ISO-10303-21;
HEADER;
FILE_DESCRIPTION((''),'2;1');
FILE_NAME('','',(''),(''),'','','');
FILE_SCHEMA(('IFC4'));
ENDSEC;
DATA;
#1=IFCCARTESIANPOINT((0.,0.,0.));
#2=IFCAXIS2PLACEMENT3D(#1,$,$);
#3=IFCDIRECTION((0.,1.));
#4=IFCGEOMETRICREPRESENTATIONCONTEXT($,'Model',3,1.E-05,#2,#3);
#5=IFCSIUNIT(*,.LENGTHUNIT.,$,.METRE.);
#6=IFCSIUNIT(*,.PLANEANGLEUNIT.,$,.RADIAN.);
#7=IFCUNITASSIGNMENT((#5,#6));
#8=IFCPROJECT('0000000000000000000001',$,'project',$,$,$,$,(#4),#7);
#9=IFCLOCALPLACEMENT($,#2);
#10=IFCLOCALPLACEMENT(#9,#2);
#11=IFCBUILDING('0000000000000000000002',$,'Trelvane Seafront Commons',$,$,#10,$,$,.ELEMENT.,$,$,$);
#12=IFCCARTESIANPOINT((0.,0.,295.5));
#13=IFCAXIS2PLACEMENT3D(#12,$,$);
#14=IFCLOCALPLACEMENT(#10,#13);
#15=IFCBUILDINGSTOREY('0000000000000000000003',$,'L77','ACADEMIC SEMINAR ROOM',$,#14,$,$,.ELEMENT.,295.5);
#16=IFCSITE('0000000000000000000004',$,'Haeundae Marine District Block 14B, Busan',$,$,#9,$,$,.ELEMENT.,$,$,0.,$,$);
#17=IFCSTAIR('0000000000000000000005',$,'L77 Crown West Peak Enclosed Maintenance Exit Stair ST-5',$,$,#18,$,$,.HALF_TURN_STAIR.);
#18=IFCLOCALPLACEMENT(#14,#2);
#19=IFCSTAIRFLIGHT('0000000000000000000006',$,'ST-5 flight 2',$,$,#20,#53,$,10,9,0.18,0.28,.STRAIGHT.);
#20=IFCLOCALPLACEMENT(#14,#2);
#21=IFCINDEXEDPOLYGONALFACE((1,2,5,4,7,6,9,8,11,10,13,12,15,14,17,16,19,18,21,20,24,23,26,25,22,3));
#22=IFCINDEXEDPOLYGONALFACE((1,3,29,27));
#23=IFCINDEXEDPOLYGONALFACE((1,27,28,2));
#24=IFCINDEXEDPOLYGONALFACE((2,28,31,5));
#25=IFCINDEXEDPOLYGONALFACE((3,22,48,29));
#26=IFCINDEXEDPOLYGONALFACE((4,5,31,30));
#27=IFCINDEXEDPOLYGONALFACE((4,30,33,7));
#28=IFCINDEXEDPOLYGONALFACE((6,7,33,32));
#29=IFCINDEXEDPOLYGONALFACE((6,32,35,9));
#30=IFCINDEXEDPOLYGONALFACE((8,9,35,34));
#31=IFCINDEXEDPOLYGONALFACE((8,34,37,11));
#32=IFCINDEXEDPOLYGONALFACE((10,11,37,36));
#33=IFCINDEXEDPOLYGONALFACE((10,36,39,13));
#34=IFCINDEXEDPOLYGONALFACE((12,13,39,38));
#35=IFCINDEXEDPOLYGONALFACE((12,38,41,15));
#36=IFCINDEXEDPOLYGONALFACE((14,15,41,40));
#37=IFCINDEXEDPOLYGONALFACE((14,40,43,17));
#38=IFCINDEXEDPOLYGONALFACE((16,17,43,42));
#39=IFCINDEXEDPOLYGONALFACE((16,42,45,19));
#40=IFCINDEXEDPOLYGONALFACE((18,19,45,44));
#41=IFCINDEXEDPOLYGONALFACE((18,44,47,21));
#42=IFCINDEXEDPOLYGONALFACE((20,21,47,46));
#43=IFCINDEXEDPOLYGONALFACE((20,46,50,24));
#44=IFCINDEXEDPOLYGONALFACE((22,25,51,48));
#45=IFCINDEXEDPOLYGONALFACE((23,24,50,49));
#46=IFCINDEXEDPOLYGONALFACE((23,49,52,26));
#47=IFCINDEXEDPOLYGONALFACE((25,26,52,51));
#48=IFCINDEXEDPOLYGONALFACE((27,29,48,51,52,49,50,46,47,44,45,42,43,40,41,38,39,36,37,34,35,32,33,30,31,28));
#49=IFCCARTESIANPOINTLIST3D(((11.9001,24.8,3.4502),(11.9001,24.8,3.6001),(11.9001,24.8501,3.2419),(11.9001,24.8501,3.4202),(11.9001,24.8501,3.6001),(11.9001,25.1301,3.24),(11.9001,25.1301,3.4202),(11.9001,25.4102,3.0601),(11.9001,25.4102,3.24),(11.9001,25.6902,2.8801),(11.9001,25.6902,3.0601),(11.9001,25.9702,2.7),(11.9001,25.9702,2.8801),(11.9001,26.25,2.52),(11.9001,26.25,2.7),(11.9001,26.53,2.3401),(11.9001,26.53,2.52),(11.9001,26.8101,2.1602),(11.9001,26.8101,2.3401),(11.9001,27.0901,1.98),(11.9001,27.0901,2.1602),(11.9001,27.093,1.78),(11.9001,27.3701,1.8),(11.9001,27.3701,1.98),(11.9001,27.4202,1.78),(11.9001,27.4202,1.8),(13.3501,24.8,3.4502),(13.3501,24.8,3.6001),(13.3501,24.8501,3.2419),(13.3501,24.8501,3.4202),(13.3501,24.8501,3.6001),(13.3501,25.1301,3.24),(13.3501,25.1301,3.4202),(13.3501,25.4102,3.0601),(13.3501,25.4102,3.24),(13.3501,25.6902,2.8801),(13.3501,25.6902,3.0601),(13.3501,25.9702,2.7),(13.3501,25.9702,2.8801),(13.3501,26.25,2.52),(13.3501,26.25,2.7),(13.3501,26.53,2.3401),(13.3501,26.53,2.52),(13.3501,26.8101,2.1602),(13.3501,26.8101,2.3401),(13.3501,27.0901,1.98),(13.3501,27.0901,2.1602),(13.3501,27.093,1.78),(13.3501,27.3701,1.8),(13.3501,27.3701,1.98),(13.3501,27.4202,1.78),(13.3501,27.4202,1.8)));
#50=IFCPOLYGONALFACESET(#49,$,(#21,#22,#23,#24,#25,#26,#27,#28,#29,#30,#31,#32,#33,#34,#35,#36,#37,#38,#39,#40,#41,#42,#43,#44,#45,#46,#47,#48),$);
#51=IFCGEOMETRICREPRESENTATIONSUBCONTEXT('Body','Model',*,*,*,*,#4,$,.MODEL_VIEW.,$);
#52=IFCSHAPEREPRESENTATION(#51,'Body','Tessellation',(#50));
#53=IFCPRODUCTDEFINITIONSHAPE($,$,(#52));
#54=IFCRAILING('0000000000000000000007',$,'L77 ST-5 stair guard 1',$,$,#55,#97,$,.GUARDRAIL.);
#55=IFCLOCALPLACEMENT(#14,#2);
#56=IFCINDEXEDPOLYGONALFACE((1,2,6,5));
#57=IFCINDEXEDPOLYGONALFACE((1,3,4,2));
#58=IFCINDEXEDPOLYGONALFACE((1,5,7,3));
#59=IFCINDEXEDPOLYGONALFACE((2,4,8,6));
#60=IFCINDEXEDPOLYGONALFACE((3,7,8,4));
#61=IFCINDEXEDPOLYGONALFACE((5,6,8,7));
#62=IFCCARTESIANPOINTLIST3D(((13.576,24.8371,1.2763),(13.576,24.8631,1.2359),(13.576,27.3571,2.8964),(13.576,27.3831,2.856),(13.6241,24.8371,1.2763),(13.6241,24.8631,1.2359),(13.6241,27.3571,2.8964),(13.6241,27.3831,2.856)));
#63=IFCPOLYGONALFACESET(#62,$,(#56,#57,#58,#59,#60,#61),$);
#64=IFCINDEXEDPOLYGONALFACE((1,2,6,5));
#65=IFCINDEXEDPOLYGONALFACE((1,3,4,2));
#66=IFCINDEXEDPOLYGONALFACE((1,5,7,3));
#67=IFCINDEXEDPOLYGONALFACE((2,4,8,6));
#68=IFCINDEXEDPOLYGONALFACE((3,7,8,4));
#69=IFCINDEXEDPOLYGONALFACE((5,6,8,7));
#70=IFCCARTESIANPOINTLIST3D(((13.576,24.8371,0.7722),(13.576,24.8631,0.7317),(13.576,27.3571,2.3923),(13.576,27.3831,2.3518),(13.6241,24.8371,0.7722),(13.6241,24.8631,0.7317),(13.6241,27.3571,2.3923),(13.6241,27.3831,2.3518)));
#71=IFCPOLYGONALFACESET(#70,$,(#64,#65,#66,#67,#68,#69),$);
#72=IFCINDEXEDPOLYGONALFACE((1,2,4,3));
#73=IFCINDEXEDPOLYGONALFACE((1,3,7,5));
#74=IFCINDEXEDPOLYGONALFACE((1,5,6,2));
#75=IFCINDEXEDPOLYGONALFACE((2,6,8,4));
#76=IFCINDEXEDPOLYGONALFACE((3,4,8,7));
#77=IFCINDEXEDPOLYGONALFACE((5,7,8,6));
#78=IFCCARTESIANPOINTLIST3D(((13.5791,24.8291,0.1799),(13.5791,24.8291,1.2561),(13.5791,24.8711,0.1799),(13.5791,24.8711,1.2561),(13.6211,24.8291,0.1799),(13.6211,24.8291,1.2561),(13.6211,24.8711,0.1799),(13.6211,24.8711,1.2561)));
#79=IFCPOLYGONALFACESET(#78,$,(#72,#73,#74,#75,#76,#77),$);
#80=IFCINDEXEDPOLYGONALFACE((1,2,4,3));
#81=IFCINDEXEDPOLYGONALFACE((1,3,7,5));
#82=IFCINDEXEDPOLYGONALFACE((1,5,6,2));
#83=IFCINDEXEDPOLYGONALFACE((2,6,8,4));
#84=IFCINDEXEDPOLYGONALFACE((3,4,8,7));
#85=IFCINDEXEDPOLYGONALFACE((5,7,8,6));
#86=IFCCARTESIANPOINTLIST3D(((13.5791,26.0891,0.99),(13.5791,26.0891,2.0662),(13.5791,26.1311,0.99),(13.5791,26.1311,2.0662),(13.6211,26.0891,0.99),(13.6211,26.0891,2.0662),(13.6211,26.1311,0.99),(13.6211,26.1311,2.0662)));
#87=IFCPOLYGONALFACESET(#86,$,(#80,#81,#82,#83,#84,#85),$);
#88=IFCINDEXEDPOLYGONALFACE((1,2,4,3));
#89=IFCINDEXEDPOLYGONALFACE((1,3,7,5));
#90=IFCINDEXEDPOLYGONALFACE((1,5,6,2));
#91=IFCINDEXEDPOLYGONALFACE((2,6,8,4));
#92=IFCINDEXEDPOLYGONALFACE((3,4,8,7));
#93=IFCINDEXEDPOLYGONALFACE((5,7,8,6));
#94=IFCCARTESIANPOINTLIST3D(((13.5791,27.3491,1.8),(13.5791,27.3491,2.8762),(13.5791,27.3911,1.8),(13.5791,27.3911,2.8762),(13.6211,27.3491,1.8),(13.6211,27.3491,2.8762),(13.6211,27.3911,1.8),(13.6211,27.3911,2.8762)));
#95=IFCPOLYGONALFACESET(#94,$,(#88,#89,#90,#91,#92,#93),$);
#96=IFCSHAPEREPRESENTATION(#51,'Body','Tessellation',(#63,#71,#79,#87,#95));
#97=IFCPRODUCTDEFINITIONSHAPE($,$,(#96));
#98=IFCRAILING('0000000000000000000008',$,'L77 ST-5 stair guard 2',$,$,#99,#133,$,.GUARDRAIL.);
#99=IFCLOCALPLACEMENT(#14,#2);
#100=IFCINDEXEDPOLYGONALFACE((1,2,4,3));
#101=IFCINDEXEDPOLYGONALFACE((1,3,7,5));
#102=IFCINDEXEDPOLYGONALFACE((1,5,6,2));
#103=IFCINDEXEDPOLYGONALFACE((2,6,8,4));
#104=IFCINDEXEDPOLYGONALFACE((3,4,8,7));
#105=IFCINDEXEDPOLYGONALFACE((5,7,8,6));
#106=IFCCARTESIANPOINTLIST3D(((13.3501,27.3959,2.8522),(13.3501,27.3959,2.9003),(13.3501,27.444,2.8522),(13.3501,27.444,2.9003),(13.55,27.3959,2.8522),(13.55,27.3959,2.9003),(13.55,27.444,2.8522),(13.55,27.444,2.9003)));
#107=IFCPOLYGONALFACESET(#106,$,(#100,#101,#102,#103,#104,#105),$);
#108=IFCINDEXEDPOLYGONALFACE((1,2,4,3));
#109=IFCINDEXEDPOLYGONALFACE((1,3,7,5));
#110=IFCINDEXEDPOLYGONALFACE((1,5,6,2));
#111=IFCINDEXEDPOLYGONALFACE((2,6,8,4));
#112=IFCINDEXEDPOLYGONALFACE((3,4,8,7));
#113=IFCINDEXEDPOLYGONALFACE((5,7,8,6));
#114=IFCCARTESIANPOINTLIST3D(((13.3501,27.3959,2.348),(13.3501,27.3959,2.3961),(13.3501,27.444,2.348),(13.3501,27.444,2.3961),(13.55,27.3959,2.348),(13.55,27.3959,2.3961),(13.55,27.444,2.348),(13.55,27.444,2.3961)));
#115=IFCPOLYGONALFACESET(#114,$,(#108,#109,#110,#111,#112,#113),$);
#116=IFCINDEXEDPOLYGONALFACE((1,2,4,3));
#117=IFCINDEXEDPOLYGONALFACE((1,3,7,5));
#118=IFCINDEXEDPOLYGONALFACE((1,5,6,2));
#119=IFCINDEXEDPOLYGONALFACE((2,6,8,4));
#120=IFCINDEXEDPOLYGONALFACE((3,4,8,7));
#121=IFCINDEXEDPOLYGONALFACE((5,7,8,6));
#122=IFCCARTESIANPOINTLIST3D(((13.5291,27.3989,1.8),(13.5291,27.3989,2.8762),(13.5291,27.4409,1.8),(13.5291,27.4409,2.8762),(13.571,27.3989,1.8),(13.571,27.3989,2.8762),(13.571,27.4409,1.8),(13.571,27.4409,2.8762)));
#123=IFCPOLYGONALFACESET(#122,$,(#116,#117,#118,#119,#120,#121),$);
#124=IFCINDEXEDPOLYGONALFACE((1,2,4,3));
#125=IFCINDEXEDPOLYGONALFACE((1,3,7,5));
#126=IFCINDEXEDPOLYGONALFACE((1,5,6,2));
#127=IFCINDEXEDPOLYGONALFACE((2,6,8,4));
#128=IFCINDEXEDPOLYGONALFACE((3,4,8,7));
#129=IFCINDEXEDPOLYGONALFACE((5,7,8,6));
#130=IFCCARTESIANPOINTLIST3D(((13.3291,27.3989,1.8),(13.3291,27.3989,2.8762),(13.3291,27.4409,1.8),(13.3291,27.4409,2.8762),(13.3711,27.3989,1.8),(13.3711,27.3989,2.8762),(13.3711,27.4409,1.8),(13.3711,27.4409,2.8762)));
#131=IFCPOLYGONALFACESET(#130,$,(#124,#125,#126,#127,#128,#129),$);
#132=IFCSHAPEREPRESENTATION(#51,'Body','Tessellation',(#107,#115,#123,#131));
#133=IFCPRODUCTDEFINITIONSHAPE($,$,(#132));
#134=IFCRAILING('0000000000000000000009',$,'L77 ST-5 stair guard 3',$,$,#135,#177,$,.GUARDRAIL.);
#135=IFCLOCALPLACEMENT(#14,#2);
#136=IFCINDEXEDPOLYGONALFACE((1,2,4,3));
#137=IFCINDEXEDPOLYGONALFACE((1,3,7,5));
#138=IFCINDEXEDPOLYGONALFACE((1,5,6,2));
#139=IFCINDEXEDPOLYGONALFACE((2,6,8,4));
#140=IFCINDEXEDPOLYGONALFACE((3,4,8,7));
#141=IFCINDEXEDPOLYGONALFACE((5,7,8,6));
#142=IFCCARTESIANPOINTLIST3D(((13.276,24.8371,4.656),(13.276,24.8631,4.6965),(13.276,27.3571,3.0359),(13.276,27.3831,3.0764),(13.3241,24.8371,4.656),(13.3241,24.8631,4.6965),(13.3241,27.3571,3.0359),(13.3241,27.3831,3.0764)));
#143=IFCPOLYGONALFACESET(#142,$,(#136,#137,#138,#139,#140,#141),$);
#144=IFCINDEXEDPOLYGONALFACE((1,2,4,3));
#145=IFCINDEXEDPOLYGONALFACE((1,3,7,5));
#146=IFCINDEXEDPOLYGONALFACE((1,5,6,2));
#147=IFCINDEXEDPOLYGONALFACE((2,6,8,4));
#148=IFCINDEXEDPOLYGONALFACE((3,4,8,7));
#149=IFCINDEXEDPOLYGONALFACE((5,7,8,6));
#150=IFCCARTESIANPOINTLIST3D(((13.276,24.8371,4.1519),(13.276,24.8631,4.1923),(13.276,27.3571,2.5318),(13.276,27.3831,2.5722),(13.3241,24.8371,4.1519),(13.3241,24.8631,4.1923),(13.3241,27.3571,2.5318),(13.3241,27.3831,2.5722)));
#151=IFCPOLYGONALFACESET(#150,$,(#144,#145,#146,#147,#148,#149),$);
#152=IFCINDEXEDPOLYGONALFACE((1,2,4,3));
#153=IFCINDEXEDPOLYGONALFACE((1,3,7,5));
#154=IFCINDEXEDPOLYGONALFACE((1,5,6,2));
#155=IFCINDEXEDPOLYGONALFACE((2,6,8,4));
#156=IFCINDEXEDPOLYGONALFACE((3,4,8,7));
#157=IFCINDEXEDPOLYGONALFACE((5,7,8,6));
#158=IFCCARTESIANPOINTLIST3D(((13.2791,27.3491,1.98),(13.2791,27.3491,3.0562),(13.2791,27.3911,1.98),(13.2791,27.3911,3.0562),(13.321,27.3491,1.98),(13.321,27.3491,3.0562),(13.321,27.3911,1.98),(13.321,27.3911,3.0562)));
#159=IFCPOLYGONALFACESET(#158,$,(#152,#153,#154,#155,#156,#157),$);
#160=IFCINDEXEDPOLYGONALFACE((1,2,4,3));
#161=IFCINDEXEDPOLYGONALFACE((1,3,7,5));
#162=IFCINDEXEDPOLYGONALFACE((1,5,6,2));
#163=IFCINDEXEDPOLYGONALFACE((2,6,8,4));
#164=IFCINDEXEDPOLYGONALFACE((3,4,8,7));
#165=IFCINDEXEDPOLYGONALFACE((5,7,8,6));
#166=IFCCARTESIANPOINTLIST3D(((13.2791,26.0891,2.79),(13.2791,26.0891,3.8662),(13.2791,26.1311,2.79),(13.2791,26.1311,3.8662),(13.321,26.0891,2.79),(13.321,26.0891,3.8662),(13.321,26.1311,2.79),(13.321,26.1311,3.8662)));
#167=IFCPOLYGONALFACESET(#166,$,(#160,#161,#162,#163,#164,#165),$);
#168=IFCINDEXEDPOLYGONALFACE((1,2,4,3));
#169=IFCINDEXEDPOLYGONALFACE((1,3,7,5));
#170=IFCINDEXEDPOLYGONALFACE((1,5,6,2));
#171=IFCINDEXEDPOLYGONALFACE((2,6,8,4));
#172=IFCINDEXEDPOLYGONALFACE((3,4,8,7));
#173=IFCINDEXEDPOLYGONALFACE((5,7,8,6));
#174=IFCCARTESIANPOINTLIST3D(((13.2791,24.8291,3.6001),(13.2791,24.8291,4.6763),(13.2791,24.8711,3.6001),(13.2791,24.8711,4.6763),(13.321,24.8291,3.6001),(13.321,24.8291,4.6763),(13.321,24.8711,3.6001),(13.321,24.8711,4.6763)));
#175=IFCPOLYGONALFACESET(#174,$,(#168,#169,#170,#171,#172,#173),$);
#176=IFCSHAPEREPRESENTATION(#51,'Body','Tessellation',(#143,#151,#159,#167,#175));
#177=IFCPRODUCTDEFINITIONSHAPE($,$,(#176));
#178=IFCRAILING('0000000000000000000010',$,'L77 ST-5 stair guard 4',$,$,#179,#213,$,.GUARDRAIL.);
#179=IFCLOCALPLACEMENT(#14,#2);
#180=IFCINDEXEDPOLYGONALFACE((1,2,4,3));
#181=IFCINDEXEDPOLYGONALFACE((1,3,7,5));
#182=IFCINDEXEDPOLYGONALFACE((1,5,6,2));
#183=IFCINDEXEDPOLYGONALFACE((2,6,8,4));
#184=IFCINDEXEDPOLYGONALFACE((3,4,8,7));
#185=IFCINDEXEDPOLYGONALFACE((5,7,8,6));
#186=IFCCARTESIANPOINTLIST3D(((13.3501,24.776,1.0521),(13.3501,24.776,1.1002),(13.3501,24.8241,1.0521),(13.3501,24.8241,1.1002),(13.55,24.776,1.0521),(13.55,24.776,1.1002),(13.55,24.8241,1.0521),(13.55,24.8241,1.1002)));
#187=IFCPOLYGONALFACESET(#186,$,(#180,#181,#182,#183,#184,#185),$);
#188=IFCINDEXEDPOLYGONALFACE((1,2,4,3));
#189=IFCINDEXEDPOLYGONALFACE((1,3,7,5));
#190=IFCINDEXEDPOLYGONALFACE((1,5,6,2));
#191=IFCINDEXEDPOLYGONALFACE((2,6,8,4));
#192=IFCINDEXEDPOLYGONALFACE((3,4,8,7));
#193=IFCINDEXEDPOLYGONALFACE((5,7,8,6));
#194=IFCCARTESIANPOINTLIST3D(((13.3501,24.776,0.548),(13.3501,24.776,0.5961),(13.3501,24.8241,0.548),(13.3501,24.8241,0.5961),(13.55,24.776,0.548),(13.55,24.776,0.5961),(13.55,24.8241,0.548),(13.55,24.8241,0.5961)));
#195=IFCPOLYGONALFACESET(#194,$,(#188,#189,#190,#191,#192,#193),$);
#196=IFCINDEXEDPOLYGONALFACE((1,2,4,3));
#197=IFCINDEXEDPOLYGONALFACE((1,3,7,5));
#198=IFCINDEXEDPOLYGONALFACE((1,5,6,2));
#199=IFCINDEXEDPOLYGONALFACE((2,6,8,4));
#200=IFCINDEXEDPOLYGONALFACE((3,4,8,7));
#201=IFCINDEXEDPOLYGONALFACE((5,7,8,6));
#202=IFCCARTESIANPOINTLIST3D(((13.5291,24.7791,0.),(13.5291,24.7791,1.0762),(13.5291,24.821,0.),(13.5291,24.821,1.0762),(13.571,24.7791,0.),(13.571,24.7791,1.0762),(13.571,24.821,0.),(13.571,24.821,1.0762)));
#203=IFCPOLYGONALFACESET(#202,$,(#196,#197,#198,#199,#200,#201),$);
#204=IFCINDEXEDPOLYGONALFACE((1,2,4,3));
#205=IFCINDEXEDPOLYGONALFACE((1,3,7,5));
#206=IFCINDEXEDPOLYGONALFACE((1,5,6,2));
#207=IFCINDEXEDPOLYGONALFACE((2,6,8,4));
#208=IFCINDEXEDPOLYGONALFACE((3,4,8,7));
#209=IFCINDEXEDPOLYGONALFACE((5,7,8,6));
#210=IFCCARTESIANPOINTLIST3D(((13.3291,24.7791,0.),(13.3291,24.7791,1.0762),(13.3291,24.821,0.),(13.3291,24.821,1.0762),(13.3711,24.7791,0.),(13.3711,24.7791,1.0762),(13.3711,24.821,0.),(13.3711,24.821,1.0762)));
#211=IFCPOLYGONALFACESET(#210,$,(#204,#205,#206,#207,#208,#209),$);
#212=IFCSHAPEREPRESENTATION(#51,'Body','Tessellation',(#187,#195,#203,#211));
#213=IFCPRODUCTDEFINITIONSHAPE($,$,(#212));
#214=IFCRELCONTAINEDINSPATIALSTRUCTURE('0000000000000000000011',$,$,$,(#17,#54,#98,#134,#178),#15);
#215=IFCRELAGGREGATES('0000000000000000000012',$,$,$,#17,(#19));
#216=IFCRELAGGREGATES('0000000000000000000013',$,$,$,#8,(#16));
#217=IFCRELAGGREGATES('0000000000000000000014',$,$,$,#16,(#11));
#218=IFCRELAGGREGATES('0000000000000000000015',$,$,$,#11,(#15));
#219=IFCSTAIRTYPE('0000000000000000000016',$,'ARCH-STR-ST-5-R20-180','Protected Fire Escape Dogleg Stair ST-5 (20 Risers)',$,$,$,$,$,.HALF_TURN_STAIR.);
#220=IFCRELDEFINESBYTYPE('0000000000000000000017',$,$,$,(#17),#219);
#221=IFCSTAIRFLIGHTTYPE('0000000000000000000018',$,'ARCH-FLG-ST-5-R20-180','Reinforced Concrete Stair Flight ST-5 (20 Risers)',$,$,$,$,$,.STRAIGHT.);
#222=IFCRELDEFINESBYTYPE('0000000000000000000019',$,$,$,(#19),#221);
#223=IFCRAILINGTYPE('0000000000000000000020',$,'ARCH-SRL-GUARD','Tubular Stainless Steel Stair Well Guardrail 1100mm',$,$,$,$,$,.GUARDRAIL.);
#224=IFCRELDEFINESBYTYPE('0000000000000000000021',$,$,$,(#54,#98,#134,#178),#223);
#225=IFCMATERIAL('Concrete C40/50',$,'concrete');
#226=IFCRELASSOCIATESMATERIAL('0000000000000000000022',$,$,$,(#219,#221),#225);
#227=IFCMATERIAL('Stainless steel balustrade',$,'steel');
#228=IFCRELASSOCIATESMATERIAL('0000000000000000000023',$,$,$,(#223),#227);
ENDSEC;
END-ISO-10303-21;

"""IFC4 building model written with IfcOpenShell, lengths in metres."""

from ifc_helpers import new_model, si_unit, direction, frame, origin, origin_2d, place, context, subcontext, project, spatial, polyline, rectangle, outline, extrude, source, transform, mapped, material, type_object, element, aggregate, save


model = new_model("IFC4")

# Units and contexts
model_context = context("Model", 3, precision=1e-05, world=origin(), true_north=direction((0.0, 1.0)))
body_context = subcontext(model_context, "Body", "Model", "MODEL_VIEW")
ifc_project = project(units=[si_unit("LENGTHUNIT", "METRE"), si_unit("PLANEANGLEUNIT", "RADIAN")], contexts=[model_context])

# Site, building, storey
site_placement = place(None, origin())
site = spatial("IfcSite", under=ifc_project, at=site_placement, Name="Haeundae Marine District Block 14B, Busan", CompositionType="ELEMENT", RefElevation=0.0)
building_placement = place(site_placement, origin())
building = spatial("IfcBuilding", under=site, at=building_placement, Name="Trelvane Seafront Commons", CompositionType="ELEMENT")
storey_placement = place(building_placement, frame((0.0, 0.0, 295.5)))
storey = spatial("IfcBuildingStorey", under=building, at=storey_placement, Name="L77", Description="ACADEMIC SEMINAR ROOM", CompositionType="ELEMENT", Elevation=295.5)

# Stair, stair flight
ifc_material_1 = material(Name="Concrete C40/50", Category="concrete")
stair_type = type_object("IfcStairType", Name="ARCH-STR-ST-5-R20-180", Description="Protected Fire Escape Dogleg Stair ST-5 (20 Risers)", PredefinedType="HALF_TURN_STAIR", material=ifc_material_1)
stair_placement = place(storey_placement, origin())
stair = element("IfcStair", 1, at=stair_placement, inside=storey, type_object=stair_type, Name="L77 Crown West Peak Enclosed Maintenance Exit Stair ST-5", PredefinedType="HALF_TURN_STAIR")
stair_flight_type = type_object("IfcStairFlightType", Name="ARCH-FLG-ST-5-R20-180", Description="Reinforced Concrete Stair Flight ST-5 (20 Risers)", PredefinedType="STRAIGHT", material=ifc_material_1)
shared_shape_1 = source(origin(), body_context, "Body", "SweptSolid", [
    extrude(outline(polyline([(-0.05, -0.02), (-0.05, 0.0), (0.0, 0.0), (0.0, 0.1799), (0.28, 0.1799), (0.28, 0.3601), (0.5601, 0.3601), (0.5601, 0.54), (0.8401, 0.54), (0.8401, 0.72), (1.1201, 0.72), (1.1201, 0.8999), (1.3999, 0.8999), (1.3999, 1.0801), (1.6799, 1.0801), (1.6799, 1.26), (1.96, 1.26), (1.96, 1.4399), (2.24, 1.4399), (2.24, 1.6201), (2.52, 1.6201), (2.52, 1.8), (2.5701, 1.8), (2.5701, 1.6501), (2.52, 1.4419), (0.2771, -0.02), (-0.05, -0.02)])), frame((0.0, 0.7251, 0.0), z_axis=(0.0, -1.0, 0.0), x_axis=(1.0, 0.0, 0.0)), (0.0, 0.0, 1.0), 1.45),
])
stair_flight_1_placement = place(storey_placement, frame((12.625, 27.3701, 1.8), z_axis=(0.0, 0.0, 1.0), x_axis=(0.0, -1.0, 0.0)))
stair_flight_1 = element("IfcStairFlight", 2, at=stair_flight_1_placement, type_object=stair_flight_type, Name="ST-5 flight 2", NumberOfRisers=10, NumberOfTreads=9, PredefinedType="STRAIGHT", RiserHeight=0.18, TreadLength=0.28, context=body_context, shape_type="MappedRepresentation", body=[
    mapped(shared_shape_1, transform((0.0, 0.0, 0.0), x_axis=(1.0, 0.0, 0.0), y_axis=(0.0, 1.0, 0.0), z_axis=(0.0, 0.0, 1.0), scale=1.0)),
])
aggregate(stair, [stair_flight_1])

# Railings
ifc_material_2 = material(Name="Stainless steel balustrade", Category="steel")
railing_type_1 = type_object("IfcRailingType", Name="ARCH-SRL-GUARD", Description="Tubular Stainless Steel Stair Well Guardrail 1100mm", PredefinedType="GUARDRAIL", material=ifc_material_2)
railing_1_placement = place(storey_placement, frame((13.6001, 24.8501, 0.1799)))
element("IfcRailing", 3, at=railing_1_placement, inside=storey, type_object=railing_type_1, Name="L77 ST-5 stair guard 1", PredefinedType="GUARDRAIL", context=body_context, shape_type="SweptSolid", body=[
    extrude(rectangle(XDim=0.0481, YDim=0.0481, at=origin_2d()), frame((0.0, 0.0, 1.0762), z_axis=(0.0, 0.841163, 0.540782), x_axis=(-1.0, 0.0, 0.0)), (0.0, 0.0, 1.0), 2.9958),
    extrude(rectangle(XDim=0.0481, YDim=0.0481, at=origin_2d()), frame((0.0, 0.0, 0.572), z_axis=(0.0, 0.841163, 0.540782), x_axis=(-1.0, 0.0, 0.0)), (0.0, 0.0, 1.0), 2.9958),
    extrude(rectangle(XDim=0.042, YDim=0.042, at=origin_2d()), origin(), (0.0, 0.0, 1.0), 1.0762),
    extrude(rectangle(XDim=0.042, YDim=0.042, at=origin_2d()), frame((0.0, 1.26, 0.8101)), (0.0, 0.0, 1.0), 1.0762),
    extrude(rectangle(XDim=0.042, YDim=0.042, at=origin_2d()), frame((0.0, 2.52, 1.6201)), (0.0, 0.0, 1.0), 1.0762),
])
railing_2_placement = place(storey_placement, frame((13.55, 27.4199, 1.8)))
element("IfcRailing", 4, at=railing_2_placement, inside=storey, type_object=railing_type_1, Name="L77 ST-5 stair guard 2", PredefinedType="GUARDRAIL", context=body_context, shape_type="SweptSolid", body=[
    extrude(rectangle(XDim=0.0481, YDim=0.0481, at=origin_2d()), frame((0.0, 0.0, 1.0762), z_axis=(-1.0, 0.0, 0.0), x_axis=(0.0, -1.0, 0.0)), (0.0, 0.0, 1.0), 0.2),
    extrude(rectangle(XDim=0.0481, YDim=0.0481, at=origin_2d()), frame((0.0, 0.0, 0.572), z_axis=(-1.0, 0.0, 0.0), x_axis=(0.0, -1.0, 0.0)), (0.0, 0.0, 1.0), 0.2),
    extrude(rectangle(XDim=0.042, YDim=0.042, at=origin_2d()), origin(), (0.0, 0.0, 1.0), 1.0762),
    extrude(rectangle(XDim=0.042, YDim=0.042, at=origin_2d()), frame((-0.2, 0.0, 0.0)), (0.0, 0.0, 1.0), 1.0762),
])
railing_3_placement = place(storey_placement, frame((13.3, 27.3701, 1.98)))
element("IfcRailing", 5, at=railing_3_placement, inside=storey, type_object=railing_type_1, Name="L77 ST-5 stair guard 3", PredefinedType="GUARDRAIL", context=body_context, shape_type="SweptSolid", body=[
    extrude(rectangle(XDim=0.0481, YDim=0.0481, at=origin_2d()), frame((0.0, 0.0, 1.0762), z_axis=(0.0, -0.841163, 0.540782), x_axis=(1.0, 0.0, 0.0)), (0.0, 0.0, 1.0), 2.9958),
    extrude(rectangle(XDim=0.0481, YDim=0.0481, at=origin_2d()), frame((0.0, 0.0, 0.572), z_axis=(0.0, -0.841163, 0.540782), x_axis=(1.0, 0.0, 0.0)), (0.0, 0.0, 1.0), 2.9958),
    extrude(rectangle(XDim=0.042, YDim=0.042, at=origin_2d()), origin(), (0.0, 0.0, 1.0), 1.0762),
    extrude(rectangle(XDim=0.042, YDim=0.042, at=origin_2d()), frame((0.0, -1.26, 0.8101)), (0.0, 0.0, 1.0), 1.0762),
    extrude(rectangle(XDim=0.042, YDim=0.042, at=origin_2d()), frame((0.0, -2.52, 1.6201)), (0.0, 0.0, 1.0), 1.0762),
])
railing_4_placement = place(storey_placement, frame((13.55, 24.8, 0.0)))
element("IfcRailing", 6, at=railing_4_placement, inside=storey, type_object=railing_type_1, Name="L77 ST-5 stair guard 4", PredefinedType="GUARDRAIL", context=body_context, shape_type="SweptSolid", body=[
    extrude(rectangle(XDim=0.0481, YDim=0.0481, at=origin_2d()), frame((0.0, 0.0, 1.0762), z_axis=(-1.0, 0.0, 0.0), x_axis=(0.0, -1.0, 0.0)), (0.0, 0.0, 1.0), 0.2),
    extrude(rectangle(XDim=0.0481, YDim=0.0481, at=origin_2d()), frame((0.0, 0.0, 0.572), z_axis=(-1.0, 0.0, 0.0), x_axis=(0.0, -1.0, 0.0)), (0.0, 0.0, 1.0), 0.2),
    extrude(rectangle(XDim=0.042, YDim=0.042, at=origin_2d()), origin(), (0.0, 0.0, 1.0), 1.0762),
    extrude(rectangle(XDim=0.042, YDim=0.042, at=origin_2d()), frame((-0.2, 0.0, 0.0)), (0.0, 0.0, 1.0), 1.0762),
])

save(model, "model.ifc")
